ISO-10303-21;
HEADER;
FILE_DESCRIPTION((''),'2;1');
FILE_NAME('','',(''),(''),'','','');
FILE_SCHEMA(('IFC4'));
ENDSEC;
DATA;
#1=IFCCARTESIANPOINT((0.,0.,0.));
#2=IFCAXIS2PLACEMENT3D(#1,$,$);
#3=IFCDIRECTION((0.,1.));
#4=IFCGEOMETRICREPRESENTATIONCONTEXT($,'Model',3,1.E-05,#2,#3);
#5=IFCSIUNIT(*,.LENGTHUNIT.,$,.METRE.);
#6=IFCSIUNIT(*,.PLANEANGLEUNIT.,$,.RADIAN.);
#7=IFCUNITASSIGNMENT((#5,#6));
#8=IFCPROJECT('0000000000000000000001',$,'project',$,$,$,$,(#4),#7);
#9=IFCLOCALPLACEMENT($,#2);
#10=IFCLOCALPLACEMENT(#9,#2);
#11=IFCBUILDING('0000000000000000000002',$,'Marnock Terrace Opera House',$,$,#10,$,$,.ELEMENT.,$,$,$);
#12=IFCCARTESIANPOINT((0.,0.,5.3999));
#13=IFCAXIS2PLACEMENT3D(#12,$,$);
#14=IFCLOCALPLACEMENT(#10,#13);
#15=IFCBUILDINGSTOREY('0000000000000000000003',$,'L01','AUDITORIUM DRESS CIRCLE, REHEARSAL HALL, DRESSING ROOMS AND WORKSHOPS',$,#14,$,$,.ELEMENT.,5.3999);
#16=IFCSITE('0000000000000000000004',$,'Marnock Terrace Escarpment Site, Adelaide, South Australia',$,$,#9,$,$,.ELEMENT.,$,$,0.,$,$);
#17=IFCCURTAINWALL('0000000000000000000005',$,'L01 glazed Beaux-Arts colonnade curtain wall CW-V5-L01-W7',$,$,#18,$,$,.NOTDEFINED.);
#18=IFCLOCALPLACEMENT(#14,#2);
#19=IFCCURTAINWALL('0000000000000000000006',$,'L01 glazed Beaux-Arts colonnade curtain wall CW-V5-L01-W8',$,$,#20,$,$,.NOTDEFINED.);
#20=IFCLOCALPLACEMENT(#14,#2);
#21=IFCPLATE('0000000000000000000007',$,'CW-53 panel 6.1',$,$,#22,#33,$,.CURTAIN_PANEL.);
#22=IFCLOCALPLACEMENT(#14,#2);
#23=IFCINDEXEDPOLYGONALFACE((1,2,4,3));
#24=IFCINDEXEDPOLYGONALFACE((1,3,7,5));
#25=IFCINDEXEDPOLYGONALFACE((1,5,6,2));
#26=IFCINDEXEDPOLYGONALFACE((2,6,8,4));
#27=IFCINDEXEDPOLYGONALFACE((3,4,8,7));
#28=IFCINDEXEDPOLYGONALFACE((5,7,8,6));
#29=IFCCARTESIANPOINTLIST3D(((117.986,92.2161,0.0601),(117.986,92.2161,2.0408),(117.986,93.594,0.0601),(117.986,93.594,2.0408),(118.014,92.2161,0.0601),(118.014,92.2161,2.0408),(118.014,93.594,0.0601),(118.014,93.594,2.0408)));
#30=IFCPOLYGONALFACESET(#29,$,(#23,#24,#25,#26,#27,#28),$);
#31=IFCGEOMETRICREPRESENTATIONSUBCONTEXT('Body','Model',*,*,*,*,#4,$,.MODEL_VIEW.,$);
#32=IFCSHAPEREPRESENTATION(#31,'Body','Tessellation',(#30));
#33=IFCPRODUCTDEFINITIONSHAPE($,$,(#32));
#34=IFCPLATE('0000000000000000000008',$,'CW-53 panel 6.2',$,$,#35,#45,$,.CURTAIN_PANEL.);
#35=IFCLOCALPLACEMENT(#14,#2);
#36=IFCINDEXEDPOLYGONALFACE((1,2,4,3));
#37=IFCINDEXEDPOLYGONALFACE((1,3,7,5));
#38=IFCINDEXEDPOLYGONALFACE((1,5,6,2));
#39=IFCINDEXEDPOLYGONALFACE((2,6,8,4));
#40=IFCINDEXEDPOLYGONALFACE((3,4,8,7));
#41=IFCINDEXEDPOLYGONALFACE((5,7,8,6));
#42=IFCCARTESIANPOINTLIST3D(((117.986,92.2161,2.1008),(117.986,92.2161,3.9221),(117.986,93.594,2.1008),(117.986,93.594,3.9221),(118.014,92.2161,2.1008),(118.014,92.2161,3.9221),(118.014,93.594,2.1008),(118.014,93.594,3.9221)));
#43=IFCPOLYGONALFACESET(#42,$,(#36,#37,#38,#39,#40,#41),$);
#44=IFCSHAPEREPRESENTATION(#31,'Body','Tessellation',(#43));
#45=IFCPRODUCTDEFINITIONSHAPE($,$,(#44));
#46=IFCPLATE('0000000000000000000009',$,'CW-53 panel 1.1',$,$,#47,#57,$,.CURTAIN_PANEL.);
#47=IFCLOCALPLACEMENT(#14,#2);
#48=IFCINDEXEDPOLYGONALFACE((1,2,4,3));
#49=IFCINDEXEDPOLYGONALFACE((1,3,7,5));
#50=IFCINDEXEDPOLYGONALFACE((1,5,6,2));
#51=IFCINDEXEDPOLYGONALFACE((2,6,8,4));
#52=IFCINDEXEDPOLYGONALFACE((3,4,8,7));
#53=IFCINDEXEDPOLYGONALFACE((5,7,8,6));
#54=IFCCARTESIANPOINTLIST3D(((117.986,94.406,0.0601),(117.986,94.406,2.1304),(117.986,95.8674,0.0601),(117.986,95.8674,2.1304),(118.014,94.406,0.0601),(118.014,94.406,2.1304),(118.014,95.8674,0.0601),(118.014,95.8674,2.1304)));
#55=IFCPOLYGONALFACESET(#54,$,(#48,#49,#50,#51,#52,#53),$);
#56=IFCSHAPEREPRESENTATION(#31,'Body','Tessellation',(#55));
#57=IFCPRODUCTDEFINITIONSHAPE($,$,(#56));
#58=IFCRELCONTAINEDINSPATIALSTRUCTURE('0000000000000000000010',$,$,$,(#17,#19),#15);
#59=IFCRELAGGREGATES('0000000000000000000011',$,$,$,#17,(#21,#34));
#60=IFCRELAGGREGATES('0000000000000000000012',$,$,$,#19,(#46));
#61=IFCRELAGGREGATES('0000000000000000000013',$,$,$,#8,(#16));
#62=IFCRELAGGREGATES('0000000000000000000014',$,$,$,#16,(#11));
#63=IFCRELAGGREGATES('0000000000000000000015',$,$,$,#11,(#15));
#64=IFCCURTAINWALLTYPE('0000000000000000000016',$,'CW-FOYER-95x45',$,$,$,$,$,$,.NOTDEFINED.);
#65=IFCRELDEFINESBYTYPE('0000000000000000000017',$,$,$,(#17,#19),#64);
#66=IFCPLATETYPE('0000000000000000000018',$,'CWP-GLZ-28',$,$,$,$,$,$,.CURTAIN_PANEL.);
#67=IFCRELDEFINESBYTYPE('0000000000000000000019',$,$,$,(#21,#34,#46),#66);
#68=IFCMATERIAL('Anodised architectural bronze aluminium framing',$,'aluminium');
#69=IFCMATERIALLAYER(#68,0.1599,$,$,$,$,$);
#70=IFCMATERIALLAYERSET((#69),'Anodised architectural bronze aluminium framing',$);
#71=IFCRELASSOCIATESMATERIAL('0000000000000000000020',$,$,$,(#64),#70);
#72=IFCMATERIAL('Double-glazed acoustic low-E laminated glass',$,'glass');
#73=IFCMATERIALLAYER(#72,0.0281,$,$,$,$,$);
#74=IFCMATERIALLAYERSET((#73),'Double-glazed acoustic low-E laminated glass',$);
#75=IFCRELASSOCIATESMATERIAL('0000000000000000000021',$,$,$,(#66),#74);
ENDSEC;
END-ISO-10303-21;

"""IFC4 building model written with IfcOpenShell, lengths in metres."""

from ifc_helpers import new_model, si_unit, direction, frame, origin, origin_2d, place, context, subcontext, project, spatial, rectangle, extrude, material, layer, layer_set, type_object, element, aggregate, save


model = new_model("IFC4")

# Units and contexts
model_context = context("Model", 3, precision=1e-05, world=origin(), true_north=direction((0.0, 1.0)))
body_context = subcontext(model_context, "Body", "Model", "MODEL_VIEW")
ifc_project = project(units=[si_unit("LENGTHUNIT", "METRE"), si_unit("PLANEANGLEUNIT", "RADIAN")], contexts=[model_context])

# Site, building, storey
site_placement = place(None, origin())
site = spatial("IfcSite", under=ifc_project, at=site_placement, Name="Marnock Terrace Escarpment Site, Adelaide, South Australia", CompositionType="ELEMENT", RefElevation=0.0)
building_placement = place(site_placement, origin())
building = spatial("IfcBuilding", under=site, at=building_placement, Name="Marnock Terrace Opera House", CompositionType="ELEMENT")
storey_placement = place(building_placement, frame((0.0, 0.0, 5.3999)))
storey = spatial("IfcBuildingStorey", under=building, at=storey_placement, Name="L01", Description="AUDITORIUM DRESS CIRCLE, REHEARSAL HALL, DRESSING ROOMS AND WORKSHOPS", CompositionType="ELEMENT", Elevation=5.3999)

# Curtain wall
ifc_material_1 = material(Name="Anodised architectural bronze aluminium framing", Category="aluminium")
ifc_layer_1 = layer(ifc_material_1, 0.1599)
ifc_layer_set_1 = layer_set([ifc_layer_1], Name="Anodised architectural bronze aluminium framing")
curtain_wall_type = type_object("IfcCurtainWallType", Name="CW-FOYER-95x45", PredefinedType="NOTDEFINED", material=ifc_layer_set_1)
curtain_wall_1_placement = place(storey_placement, origin())
curtain_wall_1 = element("IfcCurtainWall", 1, at=curtain_wall_1_placement, inside=storey, type_object=curtain_wall_type, Name="L01 glazed Beaux-Arts colonnade curtain wall CW-V5-L01-W7", PredefinedType="NOTDEFINED")

# Curtain wall
curtain_wall_2_placement = place(storey_placement, origin())
curtain_wall_2 = element("IfcCurtainWall", 2, at=curtain_wall_2_placement, inside=storey, type_object=curtain_wall_type, Name="L01 glazed Beaux-Arts colonnade curtain wall CW-V5-L01-W8", PredefinedType="NOTDEFINED")

# Plates
ifc_material_2 = material(Name="Double-glazed acoustic low-E laminated glass", Category="glass")
ifc_layer_2 = layer(ifc_material_2, 0.0281)
ifc_layer_set_2 = layer_set([ifc_layer_2], Name="Double-glazed acoustic low-E laminated glass")
plate_type = type_object("IfcPlateType", Name="CWP-GLZ-28", PredefinedType="CURTAIN_PANEL", material=ifc_layer_set_2)
plate_1_placement = place(storey_placement, frame((118.0, 92.905, 0.0601), z_axis=(0.0, 0.0, 1.0), x_axis=(0.0, 1.0, 0.0)))
plate_1 = element("IfcPlate", 3, at=plate_1_placement, type_object=plate_type, Name="CW-53 panel 6.1", PredefinedType="CURTAIN_PANEL", context=body_context, shape_type="SweptSolid", body=[
    extrude(rectangle(XDim=1.3779, YDim=0.0281, at=origin_2d()), origin(), (0.0, 0.0, 1.0), 1.9807),
])
plate_2_placement = place(storey_placement, frame((118.0, 92.905, 2.1008), z_axis=(0.0, 0.0, 1.0), x_axis=(0.0, 1.0, 0.0)))
plate_2 = element("IfcPlate", 4, at=plate_2_placement, type_object=plate_type, Name="CW-53 panel 6.2", PredefinedType="CURTAIN_PANEL", context=body_context, shape_type="SweptSolid", body=[
    extrude(rectangle(XDim=1.3779, YDim=0.0281, at=origin_2d()), origin(), (0.0, 0.0, 1.0), 1.8213),
])
aggregate(curtain_wall_1, [plate_1, plate_2])
plate_3_placement = place(storey_placement, frame((118.0, 95.1367, 0.0601), z_axis=(0.0, 0.0, 1.0), x_axis=(0.0, 1.0, 0.0)))
plate_3 = element("IfcPlate", 5, at=plate_3_placement, type_object=plate_type, Name="CW-53 panel 1.1", PredefinedType="CURTAIN_PANEL", context=body_context, shape_type="SweptSolid", body=[
    extrude(rectangle(XDim=1.4614, YDim=0.0281, at=origin_2d()), origin(), (0.0, 0.0, 1.0), 2.0703),
])
aggregate(curtain_wall_2, [plate_3])

save(model, "model.ifc")
